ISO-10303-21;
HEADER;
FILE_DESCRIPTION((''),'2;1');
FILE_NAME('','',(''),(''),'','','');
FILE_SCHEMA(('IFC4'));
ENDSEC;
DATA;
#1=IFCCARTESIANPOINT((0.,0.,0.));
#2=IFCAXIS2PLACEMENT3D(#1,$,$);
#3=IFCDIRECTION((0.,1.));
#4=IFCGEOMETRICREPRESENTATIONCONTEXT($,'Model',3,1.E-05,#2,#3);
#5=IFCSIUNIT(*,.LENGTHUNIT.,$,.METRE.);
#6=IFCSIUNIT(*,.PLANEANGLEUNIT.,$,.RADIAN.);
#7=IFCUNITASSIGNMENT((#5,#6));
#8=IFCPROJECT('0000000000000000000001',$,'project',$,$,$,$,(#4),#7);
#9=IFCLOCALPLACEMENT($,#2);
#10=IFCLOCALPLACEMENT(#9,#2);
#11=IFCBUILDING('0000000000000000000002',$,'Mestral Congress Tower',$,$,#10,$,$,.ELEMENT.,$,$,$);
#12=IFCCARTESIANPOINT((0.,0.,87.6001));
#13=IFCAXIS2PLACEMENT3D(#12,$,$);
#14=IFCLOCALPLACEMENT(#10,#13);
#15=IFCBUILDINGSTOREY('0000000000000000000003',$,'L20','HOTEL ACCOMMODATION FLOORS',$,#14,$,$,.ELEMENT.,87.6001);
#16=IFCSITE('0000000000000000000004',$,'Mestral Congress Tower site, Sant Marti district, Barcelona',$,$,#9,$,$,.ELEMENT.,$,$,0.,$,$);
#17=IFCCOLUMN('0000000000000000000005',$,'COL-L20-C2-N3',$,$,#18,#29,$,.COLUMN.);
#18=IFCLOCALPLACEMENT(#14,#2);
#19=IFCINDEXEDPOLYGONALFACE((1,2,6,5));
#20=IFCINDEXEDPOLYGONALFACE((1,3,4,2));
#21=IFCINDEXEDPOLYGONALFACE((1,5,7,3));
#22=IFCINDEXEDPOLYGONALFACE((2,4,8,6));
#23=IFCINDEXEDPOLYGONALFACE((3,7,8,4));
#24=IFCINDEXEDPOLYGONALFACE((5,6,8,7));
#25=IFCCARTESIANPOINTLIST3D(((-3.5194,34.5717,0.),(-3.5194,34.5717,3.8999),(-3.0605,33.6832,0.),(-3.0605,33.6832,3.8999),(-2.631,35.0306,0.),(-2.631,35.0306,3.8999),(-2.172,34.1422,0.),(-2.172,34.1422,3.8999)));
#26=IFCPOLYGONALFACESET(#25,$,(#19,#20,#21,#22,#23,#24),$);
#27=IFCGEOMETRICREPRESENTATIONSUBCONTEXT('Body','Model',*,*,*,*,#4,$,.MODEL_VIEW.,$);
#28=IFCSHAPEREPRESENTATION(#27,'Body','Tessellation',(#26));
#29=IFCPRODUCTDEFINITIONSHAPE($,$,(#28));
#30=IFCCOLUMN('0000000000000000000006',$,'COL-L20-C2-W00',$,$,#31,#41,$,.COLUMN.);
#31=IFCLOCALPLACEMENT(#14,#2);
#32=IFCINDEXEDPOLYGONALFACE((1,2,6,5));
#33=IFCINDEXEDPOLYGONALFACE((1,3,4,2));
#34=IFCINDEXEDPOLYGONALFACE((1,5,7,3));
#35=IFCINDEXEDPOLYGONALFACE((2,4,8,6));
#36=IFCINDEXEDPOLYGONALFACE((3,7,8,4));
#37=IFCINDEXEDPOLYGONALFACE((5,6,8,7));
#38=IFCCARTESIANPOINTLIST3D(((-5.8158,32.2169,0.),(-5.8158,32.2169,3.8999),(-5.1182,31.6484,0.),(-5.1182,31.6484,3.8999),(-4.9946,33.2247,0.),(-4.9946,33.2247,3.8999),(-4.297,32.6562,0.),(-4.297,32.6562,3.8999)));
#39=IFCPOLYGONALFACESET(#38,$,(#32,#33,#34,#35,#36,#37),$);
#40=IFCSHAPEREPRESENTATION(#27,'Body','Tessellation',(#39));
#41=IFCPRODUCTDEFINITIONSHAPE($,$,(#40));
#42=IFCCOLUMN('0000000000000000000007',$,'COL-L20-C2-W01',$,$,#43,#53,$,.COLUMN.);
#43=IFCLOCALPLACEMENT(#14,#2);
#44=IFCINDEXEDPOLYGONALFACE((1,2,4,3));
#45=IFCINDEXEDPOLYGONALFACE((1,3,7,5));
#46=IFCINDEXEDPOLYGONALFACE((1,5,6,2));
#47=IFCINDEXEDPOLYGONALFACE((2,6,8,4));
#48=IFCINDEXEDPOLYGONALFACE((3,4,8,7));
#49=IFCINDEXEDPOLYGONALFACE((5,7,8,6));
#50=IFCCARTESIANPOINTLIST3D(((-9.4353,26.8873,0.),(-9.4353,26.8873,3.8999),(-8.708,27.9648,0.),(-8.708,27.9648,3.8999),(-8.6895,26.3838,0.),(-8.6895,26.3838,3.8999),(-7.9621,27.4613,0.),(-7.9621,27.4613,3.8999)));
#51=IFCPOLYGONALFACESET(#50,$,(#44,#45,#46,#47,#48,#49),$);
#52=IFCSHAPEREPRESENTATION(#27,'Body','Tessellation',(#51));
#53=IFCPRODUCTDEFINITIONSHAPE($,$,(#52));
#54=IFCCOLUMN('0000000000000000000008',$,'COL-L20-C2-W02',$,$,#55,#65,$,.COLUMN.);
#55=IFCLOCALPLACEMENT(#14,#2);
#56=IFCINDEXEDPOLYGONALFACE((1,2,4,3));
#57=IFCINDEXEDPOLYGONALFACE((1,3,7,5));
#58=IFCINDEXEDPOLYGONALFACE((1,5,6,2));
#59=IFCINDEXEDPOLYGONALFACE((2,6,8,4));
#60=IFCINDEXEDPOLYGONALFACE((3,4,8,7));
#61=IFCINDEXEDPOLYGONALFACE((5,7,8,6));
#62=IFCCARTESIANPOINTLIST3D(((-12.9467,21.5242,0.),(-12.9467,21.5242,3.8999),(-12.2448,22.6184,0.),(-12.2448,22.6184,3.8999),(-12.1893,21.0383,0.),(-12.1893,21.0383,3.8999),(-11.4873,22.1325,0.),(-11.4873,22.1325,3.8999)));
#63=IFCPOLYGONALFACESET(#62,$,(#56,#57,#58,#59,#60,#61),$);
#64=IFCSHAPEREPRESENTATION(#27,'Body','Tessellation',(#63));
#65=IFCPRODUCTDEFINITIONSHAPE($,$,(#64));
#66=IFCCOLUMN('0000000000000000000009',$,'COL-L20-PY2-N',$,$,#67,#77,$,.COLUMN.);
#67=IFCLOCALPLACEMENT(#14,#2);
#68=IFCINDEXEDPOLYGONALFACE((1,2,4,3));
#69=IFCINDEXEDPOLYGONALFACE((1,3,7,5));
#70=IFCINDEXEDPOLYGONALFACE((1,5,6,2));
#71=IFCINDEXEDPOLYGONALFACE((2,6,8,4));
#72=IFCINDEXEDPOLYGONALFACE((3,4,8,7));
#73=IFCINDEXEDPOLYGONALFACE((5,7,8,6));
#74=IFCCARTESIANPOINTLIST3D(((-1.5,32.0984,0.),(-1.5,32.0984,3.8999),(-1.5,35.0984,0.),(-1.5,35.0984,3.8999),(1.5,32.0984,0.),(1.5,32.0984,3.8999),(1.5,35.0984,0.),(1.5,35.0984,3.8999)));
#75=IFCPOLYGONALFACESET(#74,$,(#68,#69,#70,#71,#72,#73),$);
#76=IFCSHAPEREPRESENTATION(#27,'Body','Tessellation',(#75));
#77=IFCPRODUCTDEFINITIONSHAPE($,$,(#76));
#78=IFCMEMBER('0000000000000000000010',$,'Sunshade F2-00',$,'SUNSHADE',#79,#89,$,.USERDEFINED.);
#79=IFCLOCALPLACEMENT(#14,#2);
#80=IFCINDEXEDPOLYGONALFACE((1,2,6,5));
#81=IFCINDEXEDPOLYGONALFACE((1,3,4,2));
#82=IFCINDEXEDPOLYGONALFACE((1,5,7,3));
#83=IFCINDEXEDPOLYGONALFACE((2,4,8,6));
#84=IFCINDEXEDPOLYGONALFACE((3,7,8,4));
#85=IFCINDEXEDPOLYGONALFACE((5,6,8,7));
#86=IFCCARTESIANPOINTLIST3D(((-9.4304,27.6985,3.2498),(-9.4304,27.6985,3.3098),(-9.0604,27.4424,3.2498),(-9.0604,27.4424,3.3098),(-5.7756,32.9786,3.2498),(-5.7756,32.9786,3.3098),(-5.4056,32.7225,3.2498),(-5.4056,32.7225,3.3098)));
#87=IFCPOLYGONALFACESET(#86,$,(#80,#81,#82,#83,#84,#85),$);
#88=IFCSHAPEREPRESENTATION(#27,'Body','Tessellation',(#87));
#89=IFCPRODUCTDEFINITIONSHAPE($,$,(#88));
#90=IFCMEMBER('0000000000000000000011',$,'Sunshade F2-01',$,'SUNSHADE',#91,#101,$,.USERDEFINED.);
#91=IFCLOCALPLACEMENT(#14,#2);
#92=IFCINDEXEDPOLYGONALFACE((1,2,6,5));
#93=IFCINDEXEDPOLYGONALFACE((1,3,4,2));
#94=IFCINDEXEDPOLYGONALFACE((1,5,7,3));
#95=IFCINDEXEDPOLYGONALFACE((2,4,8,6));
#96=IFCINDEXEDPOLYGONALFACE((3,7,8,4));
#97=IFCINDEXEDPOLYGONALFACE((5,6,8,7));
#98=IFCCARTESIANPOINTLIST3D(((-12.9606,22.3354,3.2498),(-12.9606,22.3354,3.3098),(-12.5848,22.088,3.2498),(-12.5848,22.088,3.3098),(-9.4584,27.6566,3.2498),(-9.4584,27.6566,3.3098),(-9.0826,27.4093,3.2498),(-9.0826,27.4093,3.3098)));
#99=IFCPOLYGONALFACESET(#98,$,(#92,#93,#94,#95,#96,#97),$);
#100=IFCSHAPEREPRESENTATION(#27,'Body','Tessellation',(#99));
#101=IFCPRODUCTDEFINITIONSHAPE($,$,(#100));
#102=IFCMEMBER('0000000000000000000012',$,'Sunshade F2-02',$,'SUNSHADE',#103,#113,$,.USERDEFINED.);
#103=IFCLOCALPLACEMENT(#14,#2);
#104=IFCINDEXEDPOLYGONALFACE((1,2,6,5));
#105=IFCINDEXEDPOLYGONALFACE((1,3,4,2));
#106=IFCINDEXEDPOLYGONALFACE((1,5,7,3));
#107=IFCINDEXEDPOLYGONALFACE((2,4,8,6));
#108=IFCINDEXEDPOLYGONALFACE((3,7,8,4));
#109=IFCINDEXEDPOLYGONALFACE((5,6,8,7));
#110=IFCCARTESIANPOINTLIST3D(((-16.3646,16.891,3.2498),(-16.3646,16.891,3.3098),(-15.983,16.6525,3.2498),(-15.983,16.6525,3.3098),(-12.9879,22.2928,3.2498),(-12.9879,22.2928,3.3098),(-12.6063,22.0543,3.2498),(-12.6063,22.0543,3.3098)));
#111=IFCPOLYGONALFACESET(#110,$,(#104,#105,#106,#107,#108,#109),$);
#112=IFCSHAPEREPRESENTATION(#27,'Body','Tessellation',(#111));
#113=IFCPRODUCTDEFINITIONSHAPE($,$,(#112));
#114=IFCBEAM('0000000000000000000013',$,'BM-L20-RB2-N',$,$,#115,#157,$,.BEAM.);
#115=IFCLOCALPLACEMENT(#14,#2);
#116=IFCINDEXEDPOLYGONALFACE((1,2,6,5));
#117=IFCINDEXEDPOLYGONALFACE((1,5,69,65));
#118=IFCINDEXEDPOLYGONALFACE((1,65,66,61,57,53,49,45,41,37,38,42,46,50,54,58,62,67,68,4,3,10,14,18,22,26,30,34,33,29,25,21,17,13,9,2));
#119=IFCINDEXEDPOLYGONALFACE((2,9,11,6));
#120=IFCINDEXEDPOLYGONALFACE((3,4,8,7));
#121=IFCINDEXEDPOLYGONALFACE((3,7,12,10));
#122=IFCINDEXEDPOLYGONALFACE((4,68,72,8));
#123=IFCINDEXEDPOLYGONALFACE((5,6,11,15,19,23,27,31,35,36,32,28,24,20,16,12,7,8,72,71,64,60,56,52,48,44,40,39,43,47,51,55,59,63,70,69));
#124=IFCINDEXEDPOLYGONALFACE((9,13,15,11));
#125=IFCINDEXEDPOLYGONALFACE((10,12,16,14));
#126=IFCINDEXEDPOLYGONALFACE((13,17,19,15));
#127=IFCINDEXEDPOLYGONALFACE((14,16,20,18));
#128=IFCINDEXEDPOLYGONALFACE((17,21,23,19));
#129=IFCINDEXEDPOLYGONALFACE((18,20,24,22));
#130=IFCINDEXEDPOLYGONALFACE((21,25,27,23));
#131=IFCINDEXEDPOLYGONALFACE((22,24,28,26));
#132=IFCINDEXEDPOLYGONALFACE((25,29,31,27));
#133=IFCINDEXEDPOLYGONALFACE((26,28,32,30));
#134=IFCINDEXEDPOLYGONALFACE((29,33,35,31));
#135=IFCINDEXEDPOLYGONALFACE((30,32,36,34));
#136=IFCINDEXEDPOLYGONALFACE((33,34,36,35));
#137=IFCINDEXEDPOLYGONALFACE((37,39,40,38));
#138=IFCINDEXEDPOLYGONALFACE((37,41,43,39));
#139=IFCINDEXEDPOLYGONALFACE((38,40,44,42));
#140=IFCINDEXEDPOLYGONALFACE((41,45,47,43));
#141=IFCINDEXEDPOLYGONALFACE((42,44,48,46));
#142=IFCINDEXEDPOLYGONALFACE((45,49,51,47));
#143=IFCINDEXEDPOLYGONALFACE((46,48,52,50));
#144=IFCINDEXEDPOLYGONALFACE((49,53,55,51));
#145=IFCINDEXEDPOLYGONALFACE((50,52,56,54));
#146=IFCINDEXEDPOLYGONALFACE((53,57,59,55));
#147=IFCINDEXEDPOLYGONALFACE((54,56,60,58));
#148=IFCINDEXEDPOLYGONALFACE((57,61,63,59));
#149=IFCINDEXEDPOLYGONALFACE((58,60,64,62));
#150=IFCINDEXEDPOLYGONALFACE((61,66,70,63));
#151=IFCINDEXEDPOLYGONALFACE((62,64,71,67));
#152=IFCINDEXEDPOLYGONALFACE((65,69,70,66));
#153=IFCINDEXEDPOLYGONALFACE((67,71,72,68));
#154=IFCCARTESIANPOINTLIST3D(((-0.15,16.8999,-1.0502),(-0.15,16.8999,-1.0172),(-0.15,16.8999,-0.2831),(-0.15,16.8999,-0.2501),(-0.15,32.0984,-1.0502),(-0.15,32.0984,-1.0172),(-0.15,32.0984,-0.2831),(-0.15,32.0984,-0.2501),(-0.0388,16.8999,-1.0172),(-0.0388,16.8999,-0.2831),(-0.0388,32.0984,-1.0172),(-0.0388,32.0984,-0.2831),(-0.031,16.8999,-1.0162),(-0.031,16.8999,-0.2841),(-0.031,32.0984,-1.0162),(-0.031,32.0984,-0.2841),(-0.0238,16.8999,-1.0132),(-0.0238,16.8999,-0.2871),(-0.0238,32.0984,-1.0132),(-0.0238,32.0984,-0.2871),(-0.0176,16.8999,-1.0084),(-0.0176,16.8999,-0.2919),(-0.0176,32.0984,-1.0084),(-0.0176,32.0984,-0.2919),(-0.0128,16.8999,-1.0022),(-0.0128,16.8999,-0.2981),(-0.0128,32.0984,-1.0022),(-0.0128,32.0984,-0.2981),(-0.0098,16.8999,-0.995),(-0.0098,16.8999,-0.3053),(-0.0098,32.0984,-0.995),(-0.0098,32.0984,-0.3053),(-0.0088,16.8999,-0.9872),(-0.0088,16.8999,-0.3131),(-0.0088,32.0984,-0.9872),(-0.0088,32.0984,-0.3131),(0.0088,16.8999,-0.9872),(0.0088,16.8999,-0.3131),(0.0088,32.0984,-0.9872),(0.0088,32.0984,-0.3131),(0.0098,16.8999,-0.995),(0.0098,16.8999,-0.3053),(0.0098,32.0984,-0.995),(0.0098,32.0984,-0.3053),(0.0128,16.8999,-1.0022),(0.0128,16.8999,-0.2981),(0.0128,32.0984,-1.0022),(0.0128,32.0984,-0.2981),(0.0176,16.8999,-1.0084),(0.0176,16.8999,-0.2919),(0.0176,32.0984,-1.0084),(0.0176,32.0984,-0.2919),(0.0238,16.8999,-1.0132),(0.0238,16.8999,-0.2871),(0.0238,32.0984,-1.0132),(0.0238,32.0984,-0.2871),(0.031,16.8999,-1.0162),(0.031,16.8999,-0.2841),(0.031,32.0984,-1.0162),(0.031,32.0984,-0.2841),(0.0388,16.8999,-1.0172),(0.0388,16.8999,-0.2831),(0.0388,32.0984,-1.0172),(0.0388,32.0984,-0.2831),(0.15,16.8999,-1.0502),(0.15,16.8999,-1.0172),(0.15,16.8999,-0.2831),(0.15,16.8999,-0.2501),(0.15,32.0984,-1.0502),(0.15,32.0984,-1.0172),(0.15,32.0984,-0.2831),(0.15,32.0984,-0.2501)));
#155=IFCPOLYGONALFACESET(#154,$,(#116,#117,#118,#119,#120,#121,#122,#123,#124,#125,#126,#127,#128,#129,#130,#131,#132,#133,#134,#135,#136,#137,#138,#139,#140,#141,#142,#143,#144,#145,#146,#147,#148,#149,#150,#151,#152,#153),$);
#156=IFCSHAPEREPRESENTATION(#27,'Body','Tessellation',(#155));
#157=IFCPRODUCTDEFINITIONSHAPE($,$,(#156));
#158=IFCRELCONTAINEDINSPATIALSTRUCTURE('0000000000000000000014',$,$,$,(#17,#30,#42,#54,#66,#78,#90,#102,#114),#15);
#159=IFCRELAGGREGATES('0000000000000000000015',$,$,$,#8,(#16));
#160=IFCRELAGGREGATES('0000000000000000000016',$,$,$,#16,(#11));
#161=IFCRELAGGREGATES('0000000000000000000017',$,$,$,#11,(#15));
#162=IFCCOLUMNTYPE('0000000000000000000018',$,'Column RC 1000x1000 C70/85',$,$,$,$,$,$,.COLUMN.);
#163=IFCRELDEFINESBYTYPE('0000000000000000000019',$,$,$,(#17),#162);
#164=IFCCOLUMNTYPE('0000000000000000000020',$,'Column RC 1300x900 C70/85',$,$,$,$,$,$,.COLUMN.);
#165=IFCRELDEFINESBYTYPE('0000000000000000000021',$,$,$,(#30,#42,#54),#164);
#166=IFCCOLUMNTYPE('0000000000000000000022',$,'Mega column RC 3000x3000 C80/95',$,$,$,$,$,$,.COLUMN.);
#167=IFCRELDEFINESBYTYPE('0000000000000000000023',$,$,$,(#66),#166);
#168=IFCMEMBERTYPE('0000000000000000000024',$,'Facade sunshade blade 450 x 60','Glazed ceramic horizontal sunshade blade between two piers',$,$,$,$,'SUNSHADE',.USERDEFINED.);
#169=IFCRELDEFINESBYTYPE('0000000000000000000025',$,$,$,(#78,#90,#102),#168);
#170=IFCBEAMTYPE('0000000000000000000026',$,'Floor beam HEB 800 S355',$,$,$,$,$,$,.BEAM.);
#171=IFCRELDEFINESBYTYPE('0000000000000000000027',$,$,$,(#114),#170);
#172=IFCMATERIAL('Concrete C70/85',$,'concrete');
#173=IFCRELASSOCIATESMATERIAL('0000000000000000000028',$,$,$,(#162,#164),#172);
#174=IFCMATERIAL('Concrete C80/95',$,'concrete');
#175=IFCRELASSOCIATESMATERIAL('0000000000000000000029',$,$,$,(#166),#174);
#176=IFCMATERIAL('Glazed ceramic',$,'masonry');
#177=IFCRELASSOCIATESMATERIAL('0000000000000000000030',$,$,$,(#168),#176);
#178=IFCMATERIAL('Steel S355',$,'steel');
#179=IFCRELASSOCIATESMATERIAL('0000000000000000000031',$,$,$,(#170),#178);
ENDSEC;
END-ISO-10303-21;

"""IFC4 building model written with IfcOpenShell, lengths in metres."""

from ifc_helpers import new_model, si_unit, direction, frame, origin, origin_2d, place, context, subcontext, project, spatial, rectangle, i_section, extrude, material, material_profile, profile_set, type_object, element, save


model = new_model("IFC4")

# Units and contexts
model_context = context("Model", 3, precision=1e-05, world=origin(), true_north=direction((0.0, 1.0)))
body_context = subcontext(model_context, "Body", "Model", "MODEL_VIEW")
ifc_project = project(units=[si_unit("LENGTHUNIT", "METRE"), si_unit("PLANEANGLEUNIT", "RADIAN")], contexts=[model_context])

# Site, building, storey
site_placement = place(None, origin())
site = spatial("IfcSite", under=ifc_project, at=site_placement, Name="Mestral Congress Tower site, Sant Marti district, Barcelona", CompositionType="ELEMENT", RefElevation=0.0)
building_placement = place(site_placement, origin())
building = spatial("IfcBuilding", under=site, at=building_placement, Name="Mestral Congress Tower", CompositionType="ELEMENT")
storey_placement = place(building_placement, frame((0.0, 0.0, 87.6001)))
storey = spatial("IfcBuildingStorey", under=building, at=storey_placement, Name="L20", Description="HOTEL ACCOMMODATION FLOORS", CompositionType="ELEMENT", Elevation=87.6001)

# Columns
ifc_material_1 = material(Name="Concrete C70/85", Category="concrete")
ifc_material_profile_1 = material_profile(ifc_material_1, rectangle(XDim=1.0, YDim=1.0, at=origin_2d()), Name="RC 1000x1000")
ifc_profile_set_1 = profile_set([ifc_material_profile_1], Name="Concrete C70/85")
column_type_1 = type_object("IfcColumnType", Name="Column RC 1000x1000 C70/85", PredefinedType="COLUMN", material=ifc_profile_set_1)
column_1_placement = place(storey_placement, frame((-2.8457, 34.3569, 0.0), z_axis=(0.0, 0.0, 1.0), x_axis=(-0.888456, -0.458961, 0.0)))
element("IfcColumn", 1, at=column_1_placement, inside=storey, type_object=column_type_1, Name="COL-L20-C2-N3", PredefinedType="COLUMN", context=body_context, shape_type="SweptSolid", body=[
    extrude(rectangle(XDim=1.0, YDim=1.0, at=origin_2d()), origin(), (0.0, 0.0, 1.0), 3.8999),
])
ifc_material_profile_2 = material_profile(ifc_material_1, rectangle(XDim=1.3, YDim=0.8999, at=origin_2d()), Name="RC 1300x900")
ifc_profile_set_2 = profile_set([ifc_material_profile_2], Name="Concrete C70/85")
column_type_2 = type_object("IfcColumnType", Name="Column RC 1300x900 C70/85", PredefinedType="COLUMN", material=ifc_profile_set_2)
for number, where, z_axis, x_axis, name in (
    (2, (-5.0564, 32.4365, 0.0), (0.0, 0.0, 1.0), (-0.631709, -0.775206, 0.0), "COL-L20-C2-W00"),
    (3, (-8.6987, 27.1743, 0.0), (0.0, 0.0, 1.0), (-0.559479, -0.828844, 0.0), "COL-L20-C2-W01"),
    (4, (-12.217, 21.8284, 0.0), (0.0, 0.0, 1.0), (-0.539945, -0.8417, 0.0), "COL-L20-C2-W02"),
):
    element("IfcColumn", number, at=place(storey_placement, frame(where, z_axis=z_axis, x_axis=x_axis)), inside=storey, type_object=column_type_2, Name=name, PredefinedType="COLUMN", context=body_context, shape_type="SweptSolid", body=[
        extrude(rectangle(XDim=1.3, YDim=0.8999, at=origin_2d()), origin(), (0.0, 0.0, 1.0), 3.8999),
    ])
ifc_material_2 = material(Name="Concrete C80/95", Category="concrete")
ifc_material_profile_3 = material_profile(ifc_material_2, rectangle(XDim=3.0, YDim=3.0, at=origin_2d()), Name="RC 3000x3000")
ifc_profile_set_3 = profile_set([ifc_material_profile_3], Name="Concrete C80/95")
column_type_3 = type_object("IfcColumnType", Name="Mega column RC 3000x3000 C80/95", PredefinedType="COLUMN", material=ifc_profile_set_3)
column_2_placement = place(storey_placement, frame((0.0, 33.5984, 0.0), z_axis=(0.0, 0.0, 1.0), x_axis=(0.0, 1.0, 0.0)))
element("IfcColumn", 5, at=column_2_placement, inside=storey, type_object=column_type_3, Name="COL-L20-PY2-N", PredefinedType="COLUMN", context=body_context, shape_type="SweptSolid", body=[
    extrude(rectangle(XDim=3.0, YDim=3.0, at=origin_2d()), origin(), (0.0, 0.0, 1.0), 3.8999),
])

# Members
ifc_material_3 = material(Name="Glazed ceramic", Category="masonry")
ifc_material_profile_4 = material_profile(ifc_material_3, rectangle(XDim=0.45, YDim=0.0601, at=origin_2d()), Name="Ceramic blade 450 x 60")
ifc_profile_set_4 = profile_set([ifc_material_profile_4], Name="Glazed ceramic")
member_type = type_object("IfcMemberType", Name="Facade sunshade blade 450 x 60", Description="Glazed ceramic horizontal sunshade blade between two piers", ElementType="SUNSHADE", PredefinedType="USERDEFINED", material=ifc_profile_set_4)
member_placement = place(storey_placement, frame((-5.5906, 32.8506, 3.2798), z_axis=(-0.569145, -0.822237, 0.0), x_axis=(0.822237, -0.569145, 0.0)))
element("IfcMember", 6, at=member_placement, inside=storey, type_object=member_type, Name="Sunshade F2-00", ObjectType="SUNSHADE", PredefinedType="USERDEFINED", context=body_context, shape_type="SweptSolid", body=[
    extrude(rectangle(XDim=0.45, YDim=0.0601, at=origin_2d()), origin(), (0.0, 0.0, 1.0), 6.4216),
])
for number, where, z_axis, x_axis, name in (
    (7, (-9.2705, 27.533, 3.2798), (-0.549764, -0.83532, 0.0), (0.83532, -0.549764, 0.0), "Sunshade F2-01"),
    (8, (-12.7971, 22.1736, 3.2798), (-0.530061, -0.84796, 0.0), (0.84796, -0.530061, 0.0), "Sunshade F2-02"),
):
    element("IfcMember", number, at=place(storey_placement, frame(where, z_axis=z_axis, x_axis=x_axis)), inside=storey, type_object=member_type, Name=name, ObjectType="SUNSHADE", PredefinedType="USERDEFINED", context=body_context, shape_type="SweptSolid", body=[
        extrude(rectangle(XDim=0.45, YDim=0.0601, at=origin_2d()), origin(), (0.0, 0.0, 1.0), 6.3704),
    ])

# Beam
ifc_material_4 = material(Name="Steel S355", Category="steel")
ifc_material_profile_5 = material_profile(ifc_material_4, i_section(OverallWidth=0.3, OverallDepth=0.8, WebThickness=0.0176, FlangeThickness=0.033, FilletRadius=0.03, at=origin_2d()), Name="HEB 800")
ifc_profile_set_5 = profile_set([ifc_material_profile_5], Name="Steel S355")
beam_type_1 = type_object("IfcBeamType", Name="Floor beam HEB 800 S355", PredefinedType="BEAM", material=ifc_profile_set_5)
beam_1_placement = place(storey_placement, frame((0.0, 32.0984, -0.6501), z_axis=(0.0, -1.0, 0.0), x_axis=(1.0, 0.0, 0.0)))
element("IfcBeam", 9, at=beam_1_placement, inside=storey, type_object=beam_type_1, Name="BM-L20-RB2-N", PredefinedType="BEAM", context=body_context, shape_type="SweptSolid", body=[
    extrude(i_section(OverallWidth=0.3, OverallDepth=0.8, WebThickness=0.0176, FlangeThickness=0.033, FilletRadius=0.03, at=origin_2d()), origin(), (0.0, 0.0, 1.0), 15.1985),
])

save(model, "model.ifc")
